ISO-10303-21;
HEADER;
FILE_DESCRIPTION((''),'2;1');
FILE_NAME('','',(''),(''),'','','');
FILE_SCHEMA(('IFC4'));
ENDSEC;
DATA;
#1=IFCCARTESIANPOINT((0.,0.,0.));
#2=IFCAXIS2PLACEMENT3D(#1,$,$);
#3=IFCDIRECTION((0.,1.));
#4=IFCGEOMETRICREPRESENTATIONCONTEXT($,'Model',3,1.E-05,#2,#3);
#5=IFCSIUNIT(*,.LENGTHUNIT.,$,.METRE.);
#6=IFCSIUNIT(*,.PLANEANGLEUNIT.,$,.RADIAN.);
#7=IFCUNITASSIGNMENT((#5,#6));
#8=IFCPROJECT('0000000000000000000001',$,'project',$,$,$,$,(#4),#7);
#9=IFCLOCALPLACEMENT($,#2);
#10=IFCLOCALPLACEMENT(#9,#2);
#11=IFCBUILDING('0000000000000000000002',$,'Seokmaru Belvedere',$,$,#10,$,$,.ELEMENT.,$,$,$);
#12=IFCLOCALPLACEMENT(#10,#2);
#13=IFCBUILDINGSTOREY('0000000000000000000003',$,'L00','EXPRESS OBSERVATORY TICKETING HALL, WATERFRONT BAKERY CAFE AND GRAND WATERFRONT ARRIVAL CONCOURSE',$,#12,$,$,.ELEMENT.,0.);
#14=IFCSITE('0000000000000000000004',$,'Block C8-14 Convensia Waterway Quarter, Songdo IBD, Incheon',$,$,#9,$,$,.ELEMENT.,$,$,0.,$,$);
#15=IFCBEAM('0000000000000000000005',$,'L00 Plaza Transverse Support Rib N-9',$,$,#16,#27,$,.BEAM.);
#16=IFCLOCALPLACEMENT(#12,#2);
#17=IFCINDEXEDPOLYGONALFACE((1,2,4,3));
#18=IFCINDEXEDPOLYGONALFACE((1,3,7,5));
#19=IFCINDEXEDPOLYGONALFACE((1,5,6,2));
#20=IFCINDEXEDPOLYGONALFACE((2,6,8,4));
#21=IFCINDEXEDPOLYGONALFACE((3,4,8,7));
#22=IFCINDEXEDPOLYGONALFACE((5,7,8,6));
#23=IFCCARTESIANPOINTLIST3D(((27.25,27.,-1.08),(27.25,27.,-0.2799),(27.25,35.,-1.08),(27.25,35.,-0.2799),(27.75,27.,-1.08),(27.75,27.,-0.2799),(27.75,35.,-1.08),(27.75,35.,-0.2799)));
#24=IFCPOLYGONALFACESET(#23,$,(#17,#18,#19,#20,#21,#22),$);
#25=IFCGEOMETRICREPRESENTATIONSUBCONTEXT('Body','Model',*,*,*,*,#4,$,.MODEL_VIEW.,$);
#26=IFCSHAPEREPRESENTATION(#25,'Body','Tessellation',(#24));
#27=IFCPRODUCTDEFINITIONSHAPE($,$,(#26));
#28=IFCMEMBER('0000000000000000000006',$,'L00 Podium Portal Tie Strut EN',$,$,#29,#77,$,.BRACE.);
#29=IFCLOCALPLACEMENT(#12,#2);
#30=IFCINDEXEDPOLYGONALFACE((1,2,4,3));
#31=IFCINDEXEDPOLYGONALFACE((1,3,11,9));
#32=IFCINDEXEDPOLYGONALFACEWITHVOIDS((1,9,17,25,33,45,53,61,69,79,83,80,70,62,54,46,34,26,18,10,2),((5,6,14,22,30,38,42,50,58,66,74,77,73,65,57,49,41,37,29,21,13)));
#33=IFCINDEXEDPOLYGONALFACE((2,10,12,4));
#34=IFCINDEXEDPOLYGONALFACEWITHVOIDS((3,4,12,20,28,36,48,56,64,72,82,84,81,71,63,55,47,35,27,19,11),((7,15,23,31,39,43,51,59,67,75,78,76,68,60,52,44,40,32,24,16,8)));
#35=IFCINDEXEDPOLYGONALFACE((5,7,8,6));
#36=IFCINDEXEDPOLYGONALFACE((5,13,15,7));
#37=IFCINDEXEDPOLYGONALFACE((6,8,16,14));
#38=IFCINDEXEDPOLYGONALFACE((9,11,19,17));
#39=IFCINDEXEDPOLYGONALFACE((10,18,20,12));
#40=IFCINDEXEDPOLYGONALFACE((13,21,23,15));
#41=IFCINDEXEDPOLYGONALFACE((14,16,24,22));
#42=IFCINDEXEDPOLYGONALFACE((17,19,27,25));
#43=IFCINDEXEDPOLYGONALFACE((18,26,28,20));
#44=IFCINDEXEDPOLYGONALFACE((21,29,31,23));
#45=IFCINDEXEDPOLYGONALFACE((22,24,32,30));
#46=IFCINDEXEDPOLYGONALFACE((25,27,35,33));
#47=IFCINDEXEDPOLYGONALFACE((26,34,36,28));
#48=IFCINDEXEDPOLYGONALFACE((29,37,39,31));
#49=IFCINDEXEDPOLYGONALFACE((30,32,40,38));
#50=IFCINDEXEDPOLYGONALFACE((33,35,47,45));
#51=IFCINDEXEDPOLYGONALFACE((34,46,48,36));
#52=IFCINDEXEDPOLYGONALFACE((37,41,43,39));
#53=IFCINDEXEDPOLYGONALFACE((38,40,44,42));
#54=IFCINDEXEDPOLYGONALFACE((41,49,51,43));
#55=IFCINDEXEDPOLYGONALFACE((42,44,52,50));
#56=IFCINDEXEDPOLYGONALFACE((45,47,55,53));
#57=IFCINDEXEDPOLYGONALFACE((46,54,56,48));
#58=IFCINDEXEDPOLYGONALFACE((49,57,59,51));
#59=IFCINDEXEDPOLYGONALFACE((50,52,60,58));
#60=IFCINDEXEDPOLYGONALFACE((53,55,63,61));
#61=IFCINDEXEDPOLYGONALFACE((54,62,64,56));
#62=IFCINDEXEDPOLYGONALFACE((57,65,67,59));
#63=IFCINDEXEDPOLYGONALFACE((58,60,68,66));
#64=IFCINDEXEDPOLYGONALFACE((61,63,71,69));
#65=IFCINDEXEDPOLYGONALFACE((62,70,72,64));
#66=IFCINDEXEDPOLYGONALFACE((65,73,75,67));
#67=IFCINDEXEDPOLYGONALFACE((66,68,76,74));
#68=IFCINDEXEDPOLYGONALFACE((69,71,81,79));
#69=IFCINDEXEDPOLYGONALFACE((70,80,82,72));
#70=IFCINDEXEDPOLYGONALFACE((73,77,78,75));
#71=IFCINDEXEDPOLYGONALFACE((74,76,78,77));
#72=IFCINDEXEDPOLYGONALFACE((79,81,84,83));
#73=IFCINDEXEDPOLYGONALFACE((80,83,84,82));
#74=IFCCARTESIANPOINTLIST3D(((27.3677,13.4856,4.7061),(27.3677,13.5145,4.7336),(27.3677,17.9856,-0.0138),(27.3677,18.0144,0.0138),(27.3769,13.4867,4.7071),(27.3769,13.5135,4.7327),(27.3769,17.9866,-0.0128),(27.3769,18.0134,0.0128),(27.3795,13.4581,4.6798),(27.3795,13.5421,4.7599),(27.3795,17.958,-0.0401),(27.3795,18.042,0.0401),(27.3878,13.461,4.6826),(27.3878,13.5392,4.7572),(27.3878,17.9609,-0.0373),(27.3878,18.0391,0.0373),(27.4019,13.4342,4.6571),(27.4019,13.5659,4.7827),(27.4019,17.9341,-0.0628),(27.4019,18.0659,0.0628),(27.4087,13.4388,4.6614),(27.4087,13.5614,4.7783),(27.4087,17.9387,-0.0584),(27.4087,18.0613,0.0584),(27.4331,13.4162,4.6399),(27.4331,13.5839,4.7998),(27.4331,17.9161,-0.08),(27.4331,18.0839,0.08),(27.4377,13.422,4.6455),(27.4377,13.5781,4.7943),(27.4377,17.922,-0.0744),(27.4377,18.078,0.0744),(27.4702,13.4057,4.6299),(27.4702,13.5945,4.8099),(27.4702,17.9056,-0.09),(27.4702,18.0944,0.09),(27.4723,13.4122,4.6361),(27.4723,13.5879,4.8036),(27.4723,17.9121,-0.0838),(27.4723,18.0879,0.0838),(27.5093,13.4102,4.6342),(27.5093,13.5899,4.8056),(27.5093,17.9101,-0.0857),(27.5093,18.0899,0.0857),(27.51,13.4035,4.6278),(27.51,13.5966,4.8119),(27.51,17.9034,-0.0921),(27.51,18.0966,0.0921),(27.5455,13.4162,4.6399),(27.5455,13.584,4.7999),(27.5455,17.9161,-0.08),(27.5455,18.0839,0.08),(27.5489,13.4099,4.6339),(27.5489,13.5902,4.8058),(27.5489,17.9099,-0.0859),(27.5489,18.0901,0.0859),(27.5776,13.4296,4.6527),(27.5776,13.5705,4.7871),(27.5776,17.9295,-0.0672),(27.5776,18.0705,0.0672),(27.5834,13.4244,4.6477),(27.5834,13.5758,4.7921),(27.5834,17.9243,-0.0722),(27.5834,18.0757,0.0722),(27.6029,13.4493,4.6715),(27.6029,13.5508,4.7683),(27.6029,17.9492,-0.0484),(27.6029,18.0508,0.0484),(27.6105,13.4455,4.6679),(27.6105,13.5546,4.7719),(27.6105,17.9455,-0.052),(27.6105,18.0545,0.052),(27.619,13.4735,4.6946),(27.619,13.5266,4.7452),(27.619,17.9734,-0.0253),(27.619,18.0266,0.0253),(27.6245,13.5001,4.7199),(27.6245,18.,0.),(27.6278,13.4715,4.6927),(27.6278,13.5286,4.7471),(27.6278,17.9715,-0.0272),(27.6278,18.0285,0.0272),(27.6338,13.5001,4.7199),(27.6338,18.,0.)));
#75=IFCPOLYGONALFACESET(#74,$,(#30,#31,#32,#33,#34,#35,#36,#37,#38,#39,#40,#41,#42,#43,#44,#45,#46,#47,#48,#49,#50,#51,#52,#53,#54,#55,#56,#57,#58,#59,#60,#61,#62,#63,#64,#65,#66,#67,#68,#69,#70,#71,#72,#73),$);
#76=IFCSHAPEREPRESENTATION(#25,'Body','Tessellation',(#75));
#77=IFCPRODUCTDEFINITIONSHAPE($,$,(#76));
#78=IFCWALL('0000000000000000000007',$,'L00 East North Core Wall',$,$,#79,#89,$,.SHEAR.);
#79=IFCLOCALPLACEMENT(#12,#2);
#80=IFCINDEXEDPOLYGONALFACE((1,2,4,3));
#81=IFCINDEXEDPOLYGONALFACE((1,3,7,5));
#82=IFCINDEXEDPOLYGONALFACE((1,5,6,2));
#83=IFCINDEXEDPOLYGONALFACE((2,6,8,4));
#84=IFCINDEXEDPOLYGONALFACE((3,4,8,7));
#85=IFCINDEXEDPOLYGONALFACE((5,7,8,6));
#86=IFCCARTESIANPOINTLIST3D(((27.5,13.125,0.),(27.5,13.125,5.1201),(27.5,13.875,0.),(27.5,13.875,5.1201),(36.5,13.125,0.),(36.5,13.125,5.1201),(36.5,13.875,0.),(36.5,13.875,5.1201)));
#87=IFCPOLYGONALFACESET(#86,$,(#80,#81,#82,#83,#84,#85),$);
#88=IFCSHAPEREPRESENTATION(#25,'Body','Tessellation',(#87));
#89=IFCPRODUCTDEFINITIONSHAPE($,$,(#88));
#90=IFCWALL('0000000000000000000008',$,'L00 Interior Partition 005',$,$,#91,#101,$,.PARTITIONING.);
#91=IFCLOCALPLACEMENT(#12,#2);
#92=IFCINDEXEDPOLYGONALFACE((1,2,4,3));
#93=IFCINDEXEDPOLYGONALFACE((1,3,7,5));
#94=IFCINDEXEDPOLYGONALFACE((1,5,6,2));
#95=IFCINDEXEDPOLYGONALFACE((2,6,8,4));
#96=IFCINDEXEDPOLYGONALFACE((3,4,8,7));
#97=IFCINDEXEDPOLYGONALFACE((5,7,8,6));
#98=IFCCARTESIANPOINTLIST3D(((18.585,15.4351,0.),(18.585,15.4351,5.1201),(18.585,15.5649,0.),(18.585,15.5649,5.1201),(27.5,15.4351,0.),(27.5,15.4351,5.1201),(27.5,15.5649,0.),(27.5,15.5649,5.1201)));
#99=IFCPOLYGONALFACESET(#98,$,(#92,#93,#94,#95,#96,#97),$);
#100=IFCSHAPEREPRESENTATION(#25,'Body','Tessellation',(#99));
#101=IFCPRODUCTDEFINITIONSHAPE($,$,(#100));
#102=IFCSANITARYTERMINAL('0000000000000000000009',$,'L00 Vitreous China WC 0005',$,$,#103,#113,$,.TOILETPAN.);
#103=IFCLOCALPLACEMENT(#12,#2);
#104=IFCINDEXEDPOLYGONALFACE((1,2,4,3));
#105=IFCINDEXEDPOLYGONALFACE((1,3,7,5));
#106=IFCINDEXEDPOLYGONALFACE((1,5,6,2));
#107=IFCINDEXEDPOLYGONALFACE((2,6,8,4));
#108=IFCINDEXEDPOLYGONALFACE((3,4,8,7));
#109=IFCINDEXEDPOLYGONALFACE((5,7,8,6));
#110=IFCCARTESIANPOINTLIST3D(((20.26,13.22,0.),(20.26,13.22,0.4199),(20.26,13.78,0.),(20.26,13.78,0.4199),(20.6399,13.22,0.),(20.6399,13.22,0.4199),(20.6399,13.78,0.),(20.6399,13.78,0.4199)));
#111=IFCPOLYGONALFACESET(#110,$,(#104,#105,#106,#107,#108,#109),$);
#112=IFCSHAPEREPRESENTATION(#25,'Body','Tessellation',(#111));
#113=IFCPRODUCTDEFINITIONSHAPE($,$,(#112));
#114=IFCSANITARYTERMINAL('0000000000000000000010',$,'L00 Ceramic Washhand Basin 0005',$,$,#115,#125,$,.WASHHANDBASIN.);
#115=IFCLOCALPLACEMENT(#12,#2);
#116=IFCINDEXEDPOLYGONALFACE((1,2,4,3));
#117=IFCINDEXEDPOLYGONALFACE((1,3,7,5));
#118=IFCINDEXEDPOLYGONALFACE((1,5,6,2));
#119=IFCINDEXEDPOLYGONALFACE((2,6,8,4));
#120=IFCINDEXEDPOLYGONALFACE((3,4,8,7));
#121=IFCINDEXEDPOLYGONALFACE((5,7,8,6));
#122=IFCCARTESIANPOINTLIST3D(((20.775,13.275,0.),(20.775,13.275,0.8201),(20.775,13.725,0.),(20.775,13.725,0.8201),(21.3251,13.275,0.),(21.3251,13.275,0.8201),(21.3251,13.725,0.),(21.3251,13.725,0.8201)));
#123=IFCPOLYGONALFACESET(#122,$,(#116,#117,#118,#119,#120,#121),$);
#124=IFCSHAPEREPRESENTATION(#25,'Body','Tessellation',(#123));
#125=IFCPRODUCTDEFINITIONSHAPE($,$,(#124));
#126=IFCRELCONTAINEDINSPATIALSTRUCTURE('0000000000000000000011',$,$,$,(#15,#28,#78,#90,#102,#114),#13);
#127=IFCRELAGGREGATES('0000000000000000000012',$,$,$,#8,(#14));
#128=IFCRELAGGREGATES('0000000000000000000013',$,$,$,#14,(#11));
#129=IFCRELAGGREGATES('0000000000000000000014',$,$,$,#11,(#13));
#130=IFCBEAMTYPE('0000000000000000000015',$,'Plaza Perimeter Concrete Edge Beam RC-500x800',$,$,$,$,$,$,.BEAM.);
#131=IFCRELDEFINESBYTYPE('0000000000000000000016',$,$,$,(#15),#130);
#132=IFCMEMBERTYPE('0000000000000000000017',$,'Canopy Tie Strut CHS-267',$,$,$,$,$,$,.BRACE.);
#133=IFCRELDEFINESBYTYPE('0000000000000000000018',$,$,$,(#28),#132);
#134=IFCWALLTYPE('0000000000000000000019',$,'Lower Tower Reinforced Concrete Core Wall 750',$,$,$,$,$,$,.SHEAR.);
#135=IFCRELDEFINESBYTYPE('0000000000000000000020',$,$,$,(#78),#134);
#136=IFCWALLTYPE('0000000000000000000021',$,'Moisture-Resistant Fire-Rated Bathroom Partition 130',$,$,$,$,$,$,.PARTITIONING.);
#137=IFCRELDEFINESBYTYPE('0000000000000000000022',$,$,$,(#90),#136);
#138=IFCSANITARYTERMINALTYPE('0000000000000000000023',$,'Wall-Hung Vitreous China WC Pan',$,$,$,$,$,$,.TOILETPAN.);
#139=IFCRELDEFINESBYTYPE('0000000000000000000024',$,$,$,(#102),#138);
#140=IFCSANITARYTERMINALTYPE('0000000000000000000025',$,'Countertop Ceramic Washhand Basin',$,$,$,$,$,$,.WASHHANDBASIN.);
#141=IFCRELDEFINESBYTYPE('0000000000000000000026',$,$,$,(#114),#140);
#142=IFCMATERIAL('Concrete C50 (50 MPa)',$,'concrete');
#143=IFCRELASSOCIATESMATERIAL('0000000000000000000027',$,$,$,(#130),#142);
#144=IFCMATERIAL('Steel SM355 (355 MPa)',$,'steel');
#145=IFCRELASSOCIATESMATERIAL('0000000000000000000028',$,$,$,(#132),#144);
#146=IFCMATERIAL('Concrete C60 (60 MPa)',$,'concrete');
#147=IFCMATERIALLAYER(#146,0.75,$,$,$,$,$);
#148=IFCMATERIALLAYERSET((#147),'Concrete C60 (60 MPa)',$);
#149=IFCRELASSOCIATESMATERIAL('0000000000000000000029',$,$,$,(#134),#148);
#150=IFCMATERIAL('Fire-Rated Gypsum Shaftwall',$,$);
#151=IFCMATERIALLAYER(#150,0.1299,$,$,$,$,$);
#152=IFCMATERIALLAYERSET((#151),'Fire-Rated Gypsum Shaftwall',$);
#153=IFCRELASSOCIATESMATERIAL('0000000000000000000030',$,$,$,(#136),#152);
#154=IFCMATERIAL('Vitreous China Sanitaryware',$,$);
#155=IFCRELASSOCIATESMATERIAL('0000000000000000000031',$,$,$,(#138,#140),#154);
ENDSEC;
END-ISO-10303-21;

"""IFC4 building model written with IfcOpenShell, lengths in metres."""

from ifc_helpers import new_model, si_unit, direction, frame, frame_2d, origin, origin_2d, place, context, subcontext, project, spatial, rectangle, hollow_circle, extrude, source, transform, mapped, material, layer, layer_set, material_profile, profile_set, type_object, type_shapes, element, save


model = new_model("IFC4")

# Units and contexts
model_context = context("Model", 3, precision=1e-05, world=origin(), true_north=direction((0.0, 1.0)))
body_context = subcontext(model_context, "Body", "Model", "MODEL_VIEW")
ifc_project = project(units=[si_unit("LENGTHUNIT", "METRE"), si_unit("PLANEANGLEUNIT", "RADIAN")], contexts=[model_context])

# Site, building, storey
site_placement = place(None, origin())
site = spatial("IfcSite", under=ifc_project, at=site_placement, Name="Block C8-14 Convensia Waterway Quarter, Songdo IBD, Incheon", CompositionType="ELEMENT", RefElevation=0.0)
building_placement = place(site_placement, origin())
building = spatial("IfcBuilding", under=site, at=building_placement, Name="Seokmaru Belvedere", CompositionType="ELEMENT")
storey_placement = place(building_placement, origin())
storey = spatial("IfcBuildingStorey", under=building, at=storey_placement, Name="L00", Description="EXPRESS OBSERVATORY TICKETING HALL, WATERFRONT BAKERY CAFE AND GRAND WATERFRONT ARRIVAL CONCOURSE", CompositionType="ELEMENT", Elevation=0.0)

# Shared definitions
ifc_material_1 = material(Name="Concrete C50 (50 MPa)", Category="concrete")

# Beam
ifc_material_profile_1 = material_profile(ifc_material_1, rectangle(XDim=0.5, YDim=0.8, at=origin_2d()), Name="RC-500x800")
ifc_profile_set_1 = profile_set([ifc_material_profile_1], Name="Concrete C50 (50 MPa)")
beam_type_1 = type_object("IfcBeamType", Name="Plaza Perimeter Concrete Edge Beam RC-500x800", PredefinedType="BEAM", material=ifc_profile_set_1)
ifc_material_2 = material(Name="Steel SM355 (355 MPa)", Category="steel")
shared_shape_1 = source(origin(), body_context, "Body", "SweptSolid", [
    extrude(rectangle(XDim=0.5, YDim=0.8, at=origin_2d()), origin(), (0.0, 0.0, 1.0), 8.0),
])
for number, where, z_axis, x_axis, name in (
    (1, (27.5, 35.0, -0.6799), (0.0, -1.0, 0.0), (1.0, 0.0, 0.0), "L00 Plaza Transverse Support Rib N-9"),
):
    element("IfcBeam", number, at=place(storey_placement, frame(where, z_axis=z_axis, x_axis=x_axis)), inside=storey, type_object=beam_type_1, Name=name, PredefinedType="BEAM", context=body_context, shape_type="MappedRepresentation", body=[
        mapped(shared_shape_1, transform((0.0, 0.0, 0.0), scale=1.0)),
    ])

# Member
ifc_material_profile_2 = material_profile(ifc_material_2, hollow_circle(Radius=0.1338, WallThickness=0.0093, at=origin_2d()), Name="CHS-267.4x9.3")
ifc_profile_set_2 = profile_set([ifc_material_profile_2], Name="Steel SM355 (355 MPa)")
member_type = type_object("IfcMemberType", Name="Canopy Tie Strut CHS-267", PredefinedType="BRACE", material=ifc_profile_set_2)
shared_shape_2 = source(origin(), body_context, "Body", "SweptSolid", [
    extrude(hollow_circle(Radius=0.1338, WallThickness=0.0093, at=origin_2d()), origin(), (0.0, 0.0, 1.0), 6.5212),
])
type_shapes(member_type, [shared_shape_2])
member_placement = place(storey_placement, frame((27.5, 18.0, 0.0), z_axis=(0.0, -0.69004, 0.723771), x_axis=(1.0, 0.0, 0.0)))
element("IfcMember", 2, at=member_placement, inside=storey, type_object=member_type, Name="L00 Podium Portal Tie Strut EN", PredefinedType="BRACE", context=body_context, shape_type="MappedRepresentation", body=[
    mapped(shared_shape_2, transform((0.0, 0.0, 0.0), scale=1.0)),
])

# Walls
ifc_material_3 = material(Name="Concrete C60 (60 MPa)", Category="concrete")
ifc_layer_1 = layer(ifc_material_3, 0.75)
ifc_layer_set_1 = layer_set([ifc_layer_1], Name="Concrete C60 (60 MPa)")
wall_type_1 = type_object("IfcWallType", Name="Lower Tower Reinforced Concrete Core Wall 750", PredefinedType="SHEAR", material=ifc_layer_set_1)
wall_1_placement = place(storey_placement, frame((27.5, 13.5, 0.0), z_axis=(0.0, 0.0, 1.0), x_axis=(1.0, 0.0, 0.0)))
element("IfcWall", 3, at=wall_1_placement, inside=storey, type_object=wall_type_1, Name="L00 East North Core Wall", PredefinedType="SHEAR", context=body_context, shape_type="SweptSolid", body=[
    extrude(rectangle(XDim=9.0, YDim=0.75, at=frame_2d((4.5, 0.0))), origin(), (0.0, 0.0, 1.0), 5.1201),
])
ifc_material_4 = material(Name="Fire-Rated Gypsum Shaftwall")
ifc_layer_2 = layer(ifc_material_4, 0.1299)
ifc_layer_set_2 = layer_set([ifc_layer_2], Name="Fire-Rated Gypsum Shaftwall")
wall_type_2 = type_object("IfcWallType", Name="Moisture-Resistant Fire-Rated Bathroom Partition 130", PredefinedType="PARTITIONING", material=ifc_layer_set_2)
wall_2_placement = place(storey_placement, frame((18.585, 15.5, 0.0), z_axis=(0.0, 0.0, 1.0), x_axis=(1.0, 0.0, 0.0)))
element("IfcWall", 4, at=wall_2_placement, inside=storey, type_object=wall_type_2, Name="L00 Interior Partition 005", PredefinedType="PARTITIONING", context=body_context, shape_type="SweptSolid", body=[
    extrude(rectangle(XDim=8.915, YDim=0.1299, at=frame_2d((4.4575, 0.0))), origin(), (0.0, 0.0, 1.0), 5.1201),
])

# Sanitary terminals
ifc_material_5 = material(Name="Vitreous China Sanitaryware")
sanitary_terminal_type_1 = type_object("IfcSanitaryTerminalType", Name="Wall-Hung Vitreous China WC Pan", PredefinedType="TOILETPAN", material=ifc_material_5)
shared_shape_3 = source(origin(), body_context, "Body", "SweptSolid", [
    extrude(rectangle(XDim=0.3799, YDim=0.5601, at=origin_2d()), origin(), (0.0, 0.0, 1.0), 0.4199),
])
type_shapes(sanitary_terminal_type_1, [shared_shape_3])
sanitary_terminal_1_placement = place(storey_placement, frame((20.45, 13.5, 0.0), z_axis=(0.0, 0.0, 1.0), x_axis=(1.0, 0.0, 0.0)))
element("IfcSanitaryTerminal", 5, at=sanitary_terminal_1_placement, inside=storey, type_object=sanitary_terminal_type_1, Name="L00 Vitreous China WC 0005", PredefinedType="TOILETPAN", context=body_context, shape_type="MappedRepresentation", body=[
    mapped(shared_shape_3, transform((0.0, 0.0, 0.0), scale=1.0)),
])
sanitary_terminal_type_2 = type_object("IfcSanitaryTerminalType", Name="Countertop Ceramic Washhand Basin", PredefinedType="WASHHANDBASIN", material=ifc_material_5)
shared_shape_4 = source(origin(), body_context, "Body", "SweptSolid", [
    extrude(rectangle(XDim=0.55, YDim=0.45, at=origin_2d()), origin(), (0.0, 0.0, 1.0), 0.8201),
])
type_shapes(sanitary_terminal_type_2, [shared_shape_4])
sanitary_terminal_2_placement = place(storey_placement, frame((21.05, 13.5, 0.0), z_axis=(0.0, 0.0, 1.0), x_axis=(1.0, 0.0, 0.0)))
element("IfcSanitaryTerminal", 6, at=sanitary_terminal_2_placement, inside=storey, type_object=sanitary_terminal_type_2, Name="L00 Ceramic Washhand Basin 0005", PredefinedType="WASHHANDBASIN", context=body_context, shape_type="MappedRepresentation", body=[
    mapped(shared_shape_4, transform((0.0, 0.0, 0.0), scale=1.0)),
])

save(model, "model.ifc")
